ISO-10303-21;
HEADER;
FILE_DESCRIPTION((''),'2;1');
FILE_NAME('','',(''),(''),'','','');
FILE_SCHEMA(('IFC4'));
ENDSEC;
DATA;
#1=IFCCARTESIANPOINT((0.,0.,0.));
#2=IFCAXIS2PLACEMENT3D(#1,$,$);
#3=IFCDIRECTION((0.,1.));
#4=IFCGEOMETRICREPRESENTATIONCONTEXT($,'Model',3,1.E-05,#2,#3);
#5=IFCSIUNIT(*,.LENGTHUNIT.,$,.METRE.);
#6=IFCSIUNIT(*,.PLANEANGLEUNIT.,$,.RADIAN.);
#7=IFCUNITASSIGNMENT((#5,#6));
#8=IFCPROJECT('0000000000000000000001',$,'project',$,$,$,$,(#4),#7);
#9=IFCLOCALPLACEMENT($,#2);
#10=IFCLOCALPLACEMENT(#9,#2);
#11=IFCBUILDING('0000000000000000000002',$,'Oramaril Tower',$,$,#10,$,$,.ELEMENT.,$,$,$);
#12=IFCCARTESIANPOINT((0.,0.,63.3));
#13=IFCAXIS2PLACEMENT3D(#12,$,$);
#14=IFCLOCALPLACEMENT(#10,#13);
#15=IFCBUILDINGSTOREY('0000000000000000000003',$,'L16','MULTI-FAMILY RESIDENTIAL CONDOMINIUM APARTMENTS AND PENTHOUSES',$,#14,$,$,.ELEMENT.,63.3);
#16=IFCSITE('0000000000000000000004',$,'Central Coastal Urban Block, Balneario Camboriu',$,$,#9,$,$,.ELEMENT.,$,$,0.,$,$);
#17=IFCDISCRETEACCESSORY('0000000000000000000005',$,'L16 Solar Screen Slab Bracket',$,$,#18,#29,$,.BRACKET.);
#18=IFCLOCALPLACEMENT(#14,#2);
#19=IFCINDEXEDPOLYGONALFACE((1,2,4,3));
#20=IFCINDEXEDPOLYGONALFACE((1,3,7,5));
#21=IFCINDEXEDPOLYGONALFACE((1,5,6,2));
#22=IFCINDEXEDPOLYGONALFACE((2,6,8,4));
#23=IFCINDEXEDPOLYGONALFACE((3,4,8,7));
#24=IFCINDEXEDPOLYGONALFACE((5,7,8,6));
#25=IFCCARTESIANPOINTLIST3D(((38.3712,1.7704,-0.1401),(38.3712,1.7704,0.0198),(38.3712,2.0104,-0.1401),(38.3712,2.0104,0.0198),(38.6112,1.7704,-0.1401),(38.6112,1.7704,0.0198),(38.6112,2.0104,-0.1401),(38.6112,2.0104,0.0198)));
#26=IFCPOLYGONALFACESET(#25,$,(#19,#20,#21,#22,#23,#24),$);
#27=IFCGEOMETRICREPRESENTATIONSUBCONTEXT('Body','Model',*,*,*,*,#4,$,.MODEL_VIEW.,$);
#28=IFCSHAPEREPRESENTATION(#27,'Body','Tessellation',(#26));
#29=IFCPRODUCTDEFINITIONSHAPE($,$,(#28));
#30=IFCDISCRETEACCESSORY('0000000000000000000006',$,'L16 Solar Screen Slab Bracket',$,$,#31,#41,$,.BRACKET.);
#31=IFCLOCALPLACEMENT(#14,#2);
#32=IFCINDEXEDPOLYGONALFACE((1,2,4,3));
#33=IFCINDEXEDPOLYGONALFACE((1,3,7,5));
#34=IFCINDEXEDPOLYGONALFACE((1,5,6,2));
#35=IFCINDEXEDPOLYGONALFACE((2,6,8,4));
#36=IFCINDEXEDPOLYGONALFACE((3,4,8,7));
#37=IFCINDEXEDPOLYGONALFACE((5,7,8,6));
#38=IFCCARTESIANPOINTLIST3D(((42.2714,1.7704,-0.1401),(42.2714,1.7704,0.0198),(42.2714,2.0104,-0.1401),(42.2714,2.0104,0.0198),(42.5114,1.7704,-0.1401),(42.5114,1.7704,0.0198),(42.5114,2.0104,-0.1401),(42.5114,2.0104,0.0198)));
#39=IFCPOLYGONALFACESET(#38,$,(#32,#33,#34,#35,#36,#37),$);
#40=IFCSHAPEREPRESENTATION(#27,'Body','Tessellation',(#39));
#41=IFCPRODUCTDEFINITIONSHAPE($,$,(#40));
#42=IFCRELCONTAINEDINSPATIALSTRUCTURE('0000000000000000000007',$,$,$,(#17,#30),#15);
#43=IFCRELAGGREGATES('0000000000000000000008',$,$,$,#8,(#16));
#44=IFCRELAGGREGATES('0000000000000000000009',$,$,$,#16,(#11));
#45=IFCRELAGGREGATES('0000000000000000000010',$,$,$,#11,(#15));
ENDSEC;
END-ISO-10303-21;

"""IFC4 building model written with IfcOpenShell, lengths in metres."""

from ifc_helpers import new_model, si_unit, direction, frame, origin, origin_2d, place, context, subcontext, project, spatial, rectangle, extrude, element, save


model = new_model("IFC4")

# Units and contexts
model_context = context("Model", 3, precision=1e-05, world=origin(), true_north=direction((0.0, 1.0)))
body_context = subcontext(model_context, "Body", "Model", "MODEL_VIEW")
ifc_project = project(units=[si_unit("LENGTHUNIT", "METRE"), si_unit("PLANEANGLEUNIT", "RADIAN")], contexts=[model_context])

# Site, building, storey
site_placement = place(None, origin())
site = spatial("IfcSite", under=ifc_project, at=site_placement, Name="Central Coastal Urban Block, Balneario Camboriu", CompositionType="ELEMENT", RefElevation=0.0)
building_placement = place(site_placement, origin())
building = spatial("IfcBuilding", under=site, at=building_placement, Name="Oramaril Tower", CompositionType="ELEMENT")
storey_placement = place(building_placement, frame((0.0, 0.0, 63.3)))
storey = spatial("IfcBuildingStorey", under=building, at=storey_placement, Name="L16", Description="MULTI-FAMILY RESIDENTIAL CONDOMINIUM APARTMENTS AND PENTHOUSES", CompositionType="ELEMENT", Elevation=63.3)

# Discrete accessories
for number, where, z_axis, x_axis, name in (
    (1, (38.4912, 1.8904, -0.1401), (0.0, 0.0, 1.0), (1.0, 0.0, 0.0), "L16 Solar Screen Slab Bracket"),
    (2, (42.3914, 1.8904, -0.1401), (0.0, 0.0, 1.0), (1.0, 0.0, 0.0), "L16 Solar Screen Slab Bracket"),
):
    element("IfcDiscreteAccessory", number, at=place(storey_placement, frame(where, z_axis=z_axis, x_axis=x_axis)), inside=storey, Name=name, PredefinedType="BRACKET", context=body_context, shape_type="SweptSolid", body=[
        extrude(rectangle(XDim=0.24, YDim=0.24, at=origin_2d()), origin(), (0.0, 0.0, 1.0), 0.1599),
    ])

save(model, "model.ifc")
